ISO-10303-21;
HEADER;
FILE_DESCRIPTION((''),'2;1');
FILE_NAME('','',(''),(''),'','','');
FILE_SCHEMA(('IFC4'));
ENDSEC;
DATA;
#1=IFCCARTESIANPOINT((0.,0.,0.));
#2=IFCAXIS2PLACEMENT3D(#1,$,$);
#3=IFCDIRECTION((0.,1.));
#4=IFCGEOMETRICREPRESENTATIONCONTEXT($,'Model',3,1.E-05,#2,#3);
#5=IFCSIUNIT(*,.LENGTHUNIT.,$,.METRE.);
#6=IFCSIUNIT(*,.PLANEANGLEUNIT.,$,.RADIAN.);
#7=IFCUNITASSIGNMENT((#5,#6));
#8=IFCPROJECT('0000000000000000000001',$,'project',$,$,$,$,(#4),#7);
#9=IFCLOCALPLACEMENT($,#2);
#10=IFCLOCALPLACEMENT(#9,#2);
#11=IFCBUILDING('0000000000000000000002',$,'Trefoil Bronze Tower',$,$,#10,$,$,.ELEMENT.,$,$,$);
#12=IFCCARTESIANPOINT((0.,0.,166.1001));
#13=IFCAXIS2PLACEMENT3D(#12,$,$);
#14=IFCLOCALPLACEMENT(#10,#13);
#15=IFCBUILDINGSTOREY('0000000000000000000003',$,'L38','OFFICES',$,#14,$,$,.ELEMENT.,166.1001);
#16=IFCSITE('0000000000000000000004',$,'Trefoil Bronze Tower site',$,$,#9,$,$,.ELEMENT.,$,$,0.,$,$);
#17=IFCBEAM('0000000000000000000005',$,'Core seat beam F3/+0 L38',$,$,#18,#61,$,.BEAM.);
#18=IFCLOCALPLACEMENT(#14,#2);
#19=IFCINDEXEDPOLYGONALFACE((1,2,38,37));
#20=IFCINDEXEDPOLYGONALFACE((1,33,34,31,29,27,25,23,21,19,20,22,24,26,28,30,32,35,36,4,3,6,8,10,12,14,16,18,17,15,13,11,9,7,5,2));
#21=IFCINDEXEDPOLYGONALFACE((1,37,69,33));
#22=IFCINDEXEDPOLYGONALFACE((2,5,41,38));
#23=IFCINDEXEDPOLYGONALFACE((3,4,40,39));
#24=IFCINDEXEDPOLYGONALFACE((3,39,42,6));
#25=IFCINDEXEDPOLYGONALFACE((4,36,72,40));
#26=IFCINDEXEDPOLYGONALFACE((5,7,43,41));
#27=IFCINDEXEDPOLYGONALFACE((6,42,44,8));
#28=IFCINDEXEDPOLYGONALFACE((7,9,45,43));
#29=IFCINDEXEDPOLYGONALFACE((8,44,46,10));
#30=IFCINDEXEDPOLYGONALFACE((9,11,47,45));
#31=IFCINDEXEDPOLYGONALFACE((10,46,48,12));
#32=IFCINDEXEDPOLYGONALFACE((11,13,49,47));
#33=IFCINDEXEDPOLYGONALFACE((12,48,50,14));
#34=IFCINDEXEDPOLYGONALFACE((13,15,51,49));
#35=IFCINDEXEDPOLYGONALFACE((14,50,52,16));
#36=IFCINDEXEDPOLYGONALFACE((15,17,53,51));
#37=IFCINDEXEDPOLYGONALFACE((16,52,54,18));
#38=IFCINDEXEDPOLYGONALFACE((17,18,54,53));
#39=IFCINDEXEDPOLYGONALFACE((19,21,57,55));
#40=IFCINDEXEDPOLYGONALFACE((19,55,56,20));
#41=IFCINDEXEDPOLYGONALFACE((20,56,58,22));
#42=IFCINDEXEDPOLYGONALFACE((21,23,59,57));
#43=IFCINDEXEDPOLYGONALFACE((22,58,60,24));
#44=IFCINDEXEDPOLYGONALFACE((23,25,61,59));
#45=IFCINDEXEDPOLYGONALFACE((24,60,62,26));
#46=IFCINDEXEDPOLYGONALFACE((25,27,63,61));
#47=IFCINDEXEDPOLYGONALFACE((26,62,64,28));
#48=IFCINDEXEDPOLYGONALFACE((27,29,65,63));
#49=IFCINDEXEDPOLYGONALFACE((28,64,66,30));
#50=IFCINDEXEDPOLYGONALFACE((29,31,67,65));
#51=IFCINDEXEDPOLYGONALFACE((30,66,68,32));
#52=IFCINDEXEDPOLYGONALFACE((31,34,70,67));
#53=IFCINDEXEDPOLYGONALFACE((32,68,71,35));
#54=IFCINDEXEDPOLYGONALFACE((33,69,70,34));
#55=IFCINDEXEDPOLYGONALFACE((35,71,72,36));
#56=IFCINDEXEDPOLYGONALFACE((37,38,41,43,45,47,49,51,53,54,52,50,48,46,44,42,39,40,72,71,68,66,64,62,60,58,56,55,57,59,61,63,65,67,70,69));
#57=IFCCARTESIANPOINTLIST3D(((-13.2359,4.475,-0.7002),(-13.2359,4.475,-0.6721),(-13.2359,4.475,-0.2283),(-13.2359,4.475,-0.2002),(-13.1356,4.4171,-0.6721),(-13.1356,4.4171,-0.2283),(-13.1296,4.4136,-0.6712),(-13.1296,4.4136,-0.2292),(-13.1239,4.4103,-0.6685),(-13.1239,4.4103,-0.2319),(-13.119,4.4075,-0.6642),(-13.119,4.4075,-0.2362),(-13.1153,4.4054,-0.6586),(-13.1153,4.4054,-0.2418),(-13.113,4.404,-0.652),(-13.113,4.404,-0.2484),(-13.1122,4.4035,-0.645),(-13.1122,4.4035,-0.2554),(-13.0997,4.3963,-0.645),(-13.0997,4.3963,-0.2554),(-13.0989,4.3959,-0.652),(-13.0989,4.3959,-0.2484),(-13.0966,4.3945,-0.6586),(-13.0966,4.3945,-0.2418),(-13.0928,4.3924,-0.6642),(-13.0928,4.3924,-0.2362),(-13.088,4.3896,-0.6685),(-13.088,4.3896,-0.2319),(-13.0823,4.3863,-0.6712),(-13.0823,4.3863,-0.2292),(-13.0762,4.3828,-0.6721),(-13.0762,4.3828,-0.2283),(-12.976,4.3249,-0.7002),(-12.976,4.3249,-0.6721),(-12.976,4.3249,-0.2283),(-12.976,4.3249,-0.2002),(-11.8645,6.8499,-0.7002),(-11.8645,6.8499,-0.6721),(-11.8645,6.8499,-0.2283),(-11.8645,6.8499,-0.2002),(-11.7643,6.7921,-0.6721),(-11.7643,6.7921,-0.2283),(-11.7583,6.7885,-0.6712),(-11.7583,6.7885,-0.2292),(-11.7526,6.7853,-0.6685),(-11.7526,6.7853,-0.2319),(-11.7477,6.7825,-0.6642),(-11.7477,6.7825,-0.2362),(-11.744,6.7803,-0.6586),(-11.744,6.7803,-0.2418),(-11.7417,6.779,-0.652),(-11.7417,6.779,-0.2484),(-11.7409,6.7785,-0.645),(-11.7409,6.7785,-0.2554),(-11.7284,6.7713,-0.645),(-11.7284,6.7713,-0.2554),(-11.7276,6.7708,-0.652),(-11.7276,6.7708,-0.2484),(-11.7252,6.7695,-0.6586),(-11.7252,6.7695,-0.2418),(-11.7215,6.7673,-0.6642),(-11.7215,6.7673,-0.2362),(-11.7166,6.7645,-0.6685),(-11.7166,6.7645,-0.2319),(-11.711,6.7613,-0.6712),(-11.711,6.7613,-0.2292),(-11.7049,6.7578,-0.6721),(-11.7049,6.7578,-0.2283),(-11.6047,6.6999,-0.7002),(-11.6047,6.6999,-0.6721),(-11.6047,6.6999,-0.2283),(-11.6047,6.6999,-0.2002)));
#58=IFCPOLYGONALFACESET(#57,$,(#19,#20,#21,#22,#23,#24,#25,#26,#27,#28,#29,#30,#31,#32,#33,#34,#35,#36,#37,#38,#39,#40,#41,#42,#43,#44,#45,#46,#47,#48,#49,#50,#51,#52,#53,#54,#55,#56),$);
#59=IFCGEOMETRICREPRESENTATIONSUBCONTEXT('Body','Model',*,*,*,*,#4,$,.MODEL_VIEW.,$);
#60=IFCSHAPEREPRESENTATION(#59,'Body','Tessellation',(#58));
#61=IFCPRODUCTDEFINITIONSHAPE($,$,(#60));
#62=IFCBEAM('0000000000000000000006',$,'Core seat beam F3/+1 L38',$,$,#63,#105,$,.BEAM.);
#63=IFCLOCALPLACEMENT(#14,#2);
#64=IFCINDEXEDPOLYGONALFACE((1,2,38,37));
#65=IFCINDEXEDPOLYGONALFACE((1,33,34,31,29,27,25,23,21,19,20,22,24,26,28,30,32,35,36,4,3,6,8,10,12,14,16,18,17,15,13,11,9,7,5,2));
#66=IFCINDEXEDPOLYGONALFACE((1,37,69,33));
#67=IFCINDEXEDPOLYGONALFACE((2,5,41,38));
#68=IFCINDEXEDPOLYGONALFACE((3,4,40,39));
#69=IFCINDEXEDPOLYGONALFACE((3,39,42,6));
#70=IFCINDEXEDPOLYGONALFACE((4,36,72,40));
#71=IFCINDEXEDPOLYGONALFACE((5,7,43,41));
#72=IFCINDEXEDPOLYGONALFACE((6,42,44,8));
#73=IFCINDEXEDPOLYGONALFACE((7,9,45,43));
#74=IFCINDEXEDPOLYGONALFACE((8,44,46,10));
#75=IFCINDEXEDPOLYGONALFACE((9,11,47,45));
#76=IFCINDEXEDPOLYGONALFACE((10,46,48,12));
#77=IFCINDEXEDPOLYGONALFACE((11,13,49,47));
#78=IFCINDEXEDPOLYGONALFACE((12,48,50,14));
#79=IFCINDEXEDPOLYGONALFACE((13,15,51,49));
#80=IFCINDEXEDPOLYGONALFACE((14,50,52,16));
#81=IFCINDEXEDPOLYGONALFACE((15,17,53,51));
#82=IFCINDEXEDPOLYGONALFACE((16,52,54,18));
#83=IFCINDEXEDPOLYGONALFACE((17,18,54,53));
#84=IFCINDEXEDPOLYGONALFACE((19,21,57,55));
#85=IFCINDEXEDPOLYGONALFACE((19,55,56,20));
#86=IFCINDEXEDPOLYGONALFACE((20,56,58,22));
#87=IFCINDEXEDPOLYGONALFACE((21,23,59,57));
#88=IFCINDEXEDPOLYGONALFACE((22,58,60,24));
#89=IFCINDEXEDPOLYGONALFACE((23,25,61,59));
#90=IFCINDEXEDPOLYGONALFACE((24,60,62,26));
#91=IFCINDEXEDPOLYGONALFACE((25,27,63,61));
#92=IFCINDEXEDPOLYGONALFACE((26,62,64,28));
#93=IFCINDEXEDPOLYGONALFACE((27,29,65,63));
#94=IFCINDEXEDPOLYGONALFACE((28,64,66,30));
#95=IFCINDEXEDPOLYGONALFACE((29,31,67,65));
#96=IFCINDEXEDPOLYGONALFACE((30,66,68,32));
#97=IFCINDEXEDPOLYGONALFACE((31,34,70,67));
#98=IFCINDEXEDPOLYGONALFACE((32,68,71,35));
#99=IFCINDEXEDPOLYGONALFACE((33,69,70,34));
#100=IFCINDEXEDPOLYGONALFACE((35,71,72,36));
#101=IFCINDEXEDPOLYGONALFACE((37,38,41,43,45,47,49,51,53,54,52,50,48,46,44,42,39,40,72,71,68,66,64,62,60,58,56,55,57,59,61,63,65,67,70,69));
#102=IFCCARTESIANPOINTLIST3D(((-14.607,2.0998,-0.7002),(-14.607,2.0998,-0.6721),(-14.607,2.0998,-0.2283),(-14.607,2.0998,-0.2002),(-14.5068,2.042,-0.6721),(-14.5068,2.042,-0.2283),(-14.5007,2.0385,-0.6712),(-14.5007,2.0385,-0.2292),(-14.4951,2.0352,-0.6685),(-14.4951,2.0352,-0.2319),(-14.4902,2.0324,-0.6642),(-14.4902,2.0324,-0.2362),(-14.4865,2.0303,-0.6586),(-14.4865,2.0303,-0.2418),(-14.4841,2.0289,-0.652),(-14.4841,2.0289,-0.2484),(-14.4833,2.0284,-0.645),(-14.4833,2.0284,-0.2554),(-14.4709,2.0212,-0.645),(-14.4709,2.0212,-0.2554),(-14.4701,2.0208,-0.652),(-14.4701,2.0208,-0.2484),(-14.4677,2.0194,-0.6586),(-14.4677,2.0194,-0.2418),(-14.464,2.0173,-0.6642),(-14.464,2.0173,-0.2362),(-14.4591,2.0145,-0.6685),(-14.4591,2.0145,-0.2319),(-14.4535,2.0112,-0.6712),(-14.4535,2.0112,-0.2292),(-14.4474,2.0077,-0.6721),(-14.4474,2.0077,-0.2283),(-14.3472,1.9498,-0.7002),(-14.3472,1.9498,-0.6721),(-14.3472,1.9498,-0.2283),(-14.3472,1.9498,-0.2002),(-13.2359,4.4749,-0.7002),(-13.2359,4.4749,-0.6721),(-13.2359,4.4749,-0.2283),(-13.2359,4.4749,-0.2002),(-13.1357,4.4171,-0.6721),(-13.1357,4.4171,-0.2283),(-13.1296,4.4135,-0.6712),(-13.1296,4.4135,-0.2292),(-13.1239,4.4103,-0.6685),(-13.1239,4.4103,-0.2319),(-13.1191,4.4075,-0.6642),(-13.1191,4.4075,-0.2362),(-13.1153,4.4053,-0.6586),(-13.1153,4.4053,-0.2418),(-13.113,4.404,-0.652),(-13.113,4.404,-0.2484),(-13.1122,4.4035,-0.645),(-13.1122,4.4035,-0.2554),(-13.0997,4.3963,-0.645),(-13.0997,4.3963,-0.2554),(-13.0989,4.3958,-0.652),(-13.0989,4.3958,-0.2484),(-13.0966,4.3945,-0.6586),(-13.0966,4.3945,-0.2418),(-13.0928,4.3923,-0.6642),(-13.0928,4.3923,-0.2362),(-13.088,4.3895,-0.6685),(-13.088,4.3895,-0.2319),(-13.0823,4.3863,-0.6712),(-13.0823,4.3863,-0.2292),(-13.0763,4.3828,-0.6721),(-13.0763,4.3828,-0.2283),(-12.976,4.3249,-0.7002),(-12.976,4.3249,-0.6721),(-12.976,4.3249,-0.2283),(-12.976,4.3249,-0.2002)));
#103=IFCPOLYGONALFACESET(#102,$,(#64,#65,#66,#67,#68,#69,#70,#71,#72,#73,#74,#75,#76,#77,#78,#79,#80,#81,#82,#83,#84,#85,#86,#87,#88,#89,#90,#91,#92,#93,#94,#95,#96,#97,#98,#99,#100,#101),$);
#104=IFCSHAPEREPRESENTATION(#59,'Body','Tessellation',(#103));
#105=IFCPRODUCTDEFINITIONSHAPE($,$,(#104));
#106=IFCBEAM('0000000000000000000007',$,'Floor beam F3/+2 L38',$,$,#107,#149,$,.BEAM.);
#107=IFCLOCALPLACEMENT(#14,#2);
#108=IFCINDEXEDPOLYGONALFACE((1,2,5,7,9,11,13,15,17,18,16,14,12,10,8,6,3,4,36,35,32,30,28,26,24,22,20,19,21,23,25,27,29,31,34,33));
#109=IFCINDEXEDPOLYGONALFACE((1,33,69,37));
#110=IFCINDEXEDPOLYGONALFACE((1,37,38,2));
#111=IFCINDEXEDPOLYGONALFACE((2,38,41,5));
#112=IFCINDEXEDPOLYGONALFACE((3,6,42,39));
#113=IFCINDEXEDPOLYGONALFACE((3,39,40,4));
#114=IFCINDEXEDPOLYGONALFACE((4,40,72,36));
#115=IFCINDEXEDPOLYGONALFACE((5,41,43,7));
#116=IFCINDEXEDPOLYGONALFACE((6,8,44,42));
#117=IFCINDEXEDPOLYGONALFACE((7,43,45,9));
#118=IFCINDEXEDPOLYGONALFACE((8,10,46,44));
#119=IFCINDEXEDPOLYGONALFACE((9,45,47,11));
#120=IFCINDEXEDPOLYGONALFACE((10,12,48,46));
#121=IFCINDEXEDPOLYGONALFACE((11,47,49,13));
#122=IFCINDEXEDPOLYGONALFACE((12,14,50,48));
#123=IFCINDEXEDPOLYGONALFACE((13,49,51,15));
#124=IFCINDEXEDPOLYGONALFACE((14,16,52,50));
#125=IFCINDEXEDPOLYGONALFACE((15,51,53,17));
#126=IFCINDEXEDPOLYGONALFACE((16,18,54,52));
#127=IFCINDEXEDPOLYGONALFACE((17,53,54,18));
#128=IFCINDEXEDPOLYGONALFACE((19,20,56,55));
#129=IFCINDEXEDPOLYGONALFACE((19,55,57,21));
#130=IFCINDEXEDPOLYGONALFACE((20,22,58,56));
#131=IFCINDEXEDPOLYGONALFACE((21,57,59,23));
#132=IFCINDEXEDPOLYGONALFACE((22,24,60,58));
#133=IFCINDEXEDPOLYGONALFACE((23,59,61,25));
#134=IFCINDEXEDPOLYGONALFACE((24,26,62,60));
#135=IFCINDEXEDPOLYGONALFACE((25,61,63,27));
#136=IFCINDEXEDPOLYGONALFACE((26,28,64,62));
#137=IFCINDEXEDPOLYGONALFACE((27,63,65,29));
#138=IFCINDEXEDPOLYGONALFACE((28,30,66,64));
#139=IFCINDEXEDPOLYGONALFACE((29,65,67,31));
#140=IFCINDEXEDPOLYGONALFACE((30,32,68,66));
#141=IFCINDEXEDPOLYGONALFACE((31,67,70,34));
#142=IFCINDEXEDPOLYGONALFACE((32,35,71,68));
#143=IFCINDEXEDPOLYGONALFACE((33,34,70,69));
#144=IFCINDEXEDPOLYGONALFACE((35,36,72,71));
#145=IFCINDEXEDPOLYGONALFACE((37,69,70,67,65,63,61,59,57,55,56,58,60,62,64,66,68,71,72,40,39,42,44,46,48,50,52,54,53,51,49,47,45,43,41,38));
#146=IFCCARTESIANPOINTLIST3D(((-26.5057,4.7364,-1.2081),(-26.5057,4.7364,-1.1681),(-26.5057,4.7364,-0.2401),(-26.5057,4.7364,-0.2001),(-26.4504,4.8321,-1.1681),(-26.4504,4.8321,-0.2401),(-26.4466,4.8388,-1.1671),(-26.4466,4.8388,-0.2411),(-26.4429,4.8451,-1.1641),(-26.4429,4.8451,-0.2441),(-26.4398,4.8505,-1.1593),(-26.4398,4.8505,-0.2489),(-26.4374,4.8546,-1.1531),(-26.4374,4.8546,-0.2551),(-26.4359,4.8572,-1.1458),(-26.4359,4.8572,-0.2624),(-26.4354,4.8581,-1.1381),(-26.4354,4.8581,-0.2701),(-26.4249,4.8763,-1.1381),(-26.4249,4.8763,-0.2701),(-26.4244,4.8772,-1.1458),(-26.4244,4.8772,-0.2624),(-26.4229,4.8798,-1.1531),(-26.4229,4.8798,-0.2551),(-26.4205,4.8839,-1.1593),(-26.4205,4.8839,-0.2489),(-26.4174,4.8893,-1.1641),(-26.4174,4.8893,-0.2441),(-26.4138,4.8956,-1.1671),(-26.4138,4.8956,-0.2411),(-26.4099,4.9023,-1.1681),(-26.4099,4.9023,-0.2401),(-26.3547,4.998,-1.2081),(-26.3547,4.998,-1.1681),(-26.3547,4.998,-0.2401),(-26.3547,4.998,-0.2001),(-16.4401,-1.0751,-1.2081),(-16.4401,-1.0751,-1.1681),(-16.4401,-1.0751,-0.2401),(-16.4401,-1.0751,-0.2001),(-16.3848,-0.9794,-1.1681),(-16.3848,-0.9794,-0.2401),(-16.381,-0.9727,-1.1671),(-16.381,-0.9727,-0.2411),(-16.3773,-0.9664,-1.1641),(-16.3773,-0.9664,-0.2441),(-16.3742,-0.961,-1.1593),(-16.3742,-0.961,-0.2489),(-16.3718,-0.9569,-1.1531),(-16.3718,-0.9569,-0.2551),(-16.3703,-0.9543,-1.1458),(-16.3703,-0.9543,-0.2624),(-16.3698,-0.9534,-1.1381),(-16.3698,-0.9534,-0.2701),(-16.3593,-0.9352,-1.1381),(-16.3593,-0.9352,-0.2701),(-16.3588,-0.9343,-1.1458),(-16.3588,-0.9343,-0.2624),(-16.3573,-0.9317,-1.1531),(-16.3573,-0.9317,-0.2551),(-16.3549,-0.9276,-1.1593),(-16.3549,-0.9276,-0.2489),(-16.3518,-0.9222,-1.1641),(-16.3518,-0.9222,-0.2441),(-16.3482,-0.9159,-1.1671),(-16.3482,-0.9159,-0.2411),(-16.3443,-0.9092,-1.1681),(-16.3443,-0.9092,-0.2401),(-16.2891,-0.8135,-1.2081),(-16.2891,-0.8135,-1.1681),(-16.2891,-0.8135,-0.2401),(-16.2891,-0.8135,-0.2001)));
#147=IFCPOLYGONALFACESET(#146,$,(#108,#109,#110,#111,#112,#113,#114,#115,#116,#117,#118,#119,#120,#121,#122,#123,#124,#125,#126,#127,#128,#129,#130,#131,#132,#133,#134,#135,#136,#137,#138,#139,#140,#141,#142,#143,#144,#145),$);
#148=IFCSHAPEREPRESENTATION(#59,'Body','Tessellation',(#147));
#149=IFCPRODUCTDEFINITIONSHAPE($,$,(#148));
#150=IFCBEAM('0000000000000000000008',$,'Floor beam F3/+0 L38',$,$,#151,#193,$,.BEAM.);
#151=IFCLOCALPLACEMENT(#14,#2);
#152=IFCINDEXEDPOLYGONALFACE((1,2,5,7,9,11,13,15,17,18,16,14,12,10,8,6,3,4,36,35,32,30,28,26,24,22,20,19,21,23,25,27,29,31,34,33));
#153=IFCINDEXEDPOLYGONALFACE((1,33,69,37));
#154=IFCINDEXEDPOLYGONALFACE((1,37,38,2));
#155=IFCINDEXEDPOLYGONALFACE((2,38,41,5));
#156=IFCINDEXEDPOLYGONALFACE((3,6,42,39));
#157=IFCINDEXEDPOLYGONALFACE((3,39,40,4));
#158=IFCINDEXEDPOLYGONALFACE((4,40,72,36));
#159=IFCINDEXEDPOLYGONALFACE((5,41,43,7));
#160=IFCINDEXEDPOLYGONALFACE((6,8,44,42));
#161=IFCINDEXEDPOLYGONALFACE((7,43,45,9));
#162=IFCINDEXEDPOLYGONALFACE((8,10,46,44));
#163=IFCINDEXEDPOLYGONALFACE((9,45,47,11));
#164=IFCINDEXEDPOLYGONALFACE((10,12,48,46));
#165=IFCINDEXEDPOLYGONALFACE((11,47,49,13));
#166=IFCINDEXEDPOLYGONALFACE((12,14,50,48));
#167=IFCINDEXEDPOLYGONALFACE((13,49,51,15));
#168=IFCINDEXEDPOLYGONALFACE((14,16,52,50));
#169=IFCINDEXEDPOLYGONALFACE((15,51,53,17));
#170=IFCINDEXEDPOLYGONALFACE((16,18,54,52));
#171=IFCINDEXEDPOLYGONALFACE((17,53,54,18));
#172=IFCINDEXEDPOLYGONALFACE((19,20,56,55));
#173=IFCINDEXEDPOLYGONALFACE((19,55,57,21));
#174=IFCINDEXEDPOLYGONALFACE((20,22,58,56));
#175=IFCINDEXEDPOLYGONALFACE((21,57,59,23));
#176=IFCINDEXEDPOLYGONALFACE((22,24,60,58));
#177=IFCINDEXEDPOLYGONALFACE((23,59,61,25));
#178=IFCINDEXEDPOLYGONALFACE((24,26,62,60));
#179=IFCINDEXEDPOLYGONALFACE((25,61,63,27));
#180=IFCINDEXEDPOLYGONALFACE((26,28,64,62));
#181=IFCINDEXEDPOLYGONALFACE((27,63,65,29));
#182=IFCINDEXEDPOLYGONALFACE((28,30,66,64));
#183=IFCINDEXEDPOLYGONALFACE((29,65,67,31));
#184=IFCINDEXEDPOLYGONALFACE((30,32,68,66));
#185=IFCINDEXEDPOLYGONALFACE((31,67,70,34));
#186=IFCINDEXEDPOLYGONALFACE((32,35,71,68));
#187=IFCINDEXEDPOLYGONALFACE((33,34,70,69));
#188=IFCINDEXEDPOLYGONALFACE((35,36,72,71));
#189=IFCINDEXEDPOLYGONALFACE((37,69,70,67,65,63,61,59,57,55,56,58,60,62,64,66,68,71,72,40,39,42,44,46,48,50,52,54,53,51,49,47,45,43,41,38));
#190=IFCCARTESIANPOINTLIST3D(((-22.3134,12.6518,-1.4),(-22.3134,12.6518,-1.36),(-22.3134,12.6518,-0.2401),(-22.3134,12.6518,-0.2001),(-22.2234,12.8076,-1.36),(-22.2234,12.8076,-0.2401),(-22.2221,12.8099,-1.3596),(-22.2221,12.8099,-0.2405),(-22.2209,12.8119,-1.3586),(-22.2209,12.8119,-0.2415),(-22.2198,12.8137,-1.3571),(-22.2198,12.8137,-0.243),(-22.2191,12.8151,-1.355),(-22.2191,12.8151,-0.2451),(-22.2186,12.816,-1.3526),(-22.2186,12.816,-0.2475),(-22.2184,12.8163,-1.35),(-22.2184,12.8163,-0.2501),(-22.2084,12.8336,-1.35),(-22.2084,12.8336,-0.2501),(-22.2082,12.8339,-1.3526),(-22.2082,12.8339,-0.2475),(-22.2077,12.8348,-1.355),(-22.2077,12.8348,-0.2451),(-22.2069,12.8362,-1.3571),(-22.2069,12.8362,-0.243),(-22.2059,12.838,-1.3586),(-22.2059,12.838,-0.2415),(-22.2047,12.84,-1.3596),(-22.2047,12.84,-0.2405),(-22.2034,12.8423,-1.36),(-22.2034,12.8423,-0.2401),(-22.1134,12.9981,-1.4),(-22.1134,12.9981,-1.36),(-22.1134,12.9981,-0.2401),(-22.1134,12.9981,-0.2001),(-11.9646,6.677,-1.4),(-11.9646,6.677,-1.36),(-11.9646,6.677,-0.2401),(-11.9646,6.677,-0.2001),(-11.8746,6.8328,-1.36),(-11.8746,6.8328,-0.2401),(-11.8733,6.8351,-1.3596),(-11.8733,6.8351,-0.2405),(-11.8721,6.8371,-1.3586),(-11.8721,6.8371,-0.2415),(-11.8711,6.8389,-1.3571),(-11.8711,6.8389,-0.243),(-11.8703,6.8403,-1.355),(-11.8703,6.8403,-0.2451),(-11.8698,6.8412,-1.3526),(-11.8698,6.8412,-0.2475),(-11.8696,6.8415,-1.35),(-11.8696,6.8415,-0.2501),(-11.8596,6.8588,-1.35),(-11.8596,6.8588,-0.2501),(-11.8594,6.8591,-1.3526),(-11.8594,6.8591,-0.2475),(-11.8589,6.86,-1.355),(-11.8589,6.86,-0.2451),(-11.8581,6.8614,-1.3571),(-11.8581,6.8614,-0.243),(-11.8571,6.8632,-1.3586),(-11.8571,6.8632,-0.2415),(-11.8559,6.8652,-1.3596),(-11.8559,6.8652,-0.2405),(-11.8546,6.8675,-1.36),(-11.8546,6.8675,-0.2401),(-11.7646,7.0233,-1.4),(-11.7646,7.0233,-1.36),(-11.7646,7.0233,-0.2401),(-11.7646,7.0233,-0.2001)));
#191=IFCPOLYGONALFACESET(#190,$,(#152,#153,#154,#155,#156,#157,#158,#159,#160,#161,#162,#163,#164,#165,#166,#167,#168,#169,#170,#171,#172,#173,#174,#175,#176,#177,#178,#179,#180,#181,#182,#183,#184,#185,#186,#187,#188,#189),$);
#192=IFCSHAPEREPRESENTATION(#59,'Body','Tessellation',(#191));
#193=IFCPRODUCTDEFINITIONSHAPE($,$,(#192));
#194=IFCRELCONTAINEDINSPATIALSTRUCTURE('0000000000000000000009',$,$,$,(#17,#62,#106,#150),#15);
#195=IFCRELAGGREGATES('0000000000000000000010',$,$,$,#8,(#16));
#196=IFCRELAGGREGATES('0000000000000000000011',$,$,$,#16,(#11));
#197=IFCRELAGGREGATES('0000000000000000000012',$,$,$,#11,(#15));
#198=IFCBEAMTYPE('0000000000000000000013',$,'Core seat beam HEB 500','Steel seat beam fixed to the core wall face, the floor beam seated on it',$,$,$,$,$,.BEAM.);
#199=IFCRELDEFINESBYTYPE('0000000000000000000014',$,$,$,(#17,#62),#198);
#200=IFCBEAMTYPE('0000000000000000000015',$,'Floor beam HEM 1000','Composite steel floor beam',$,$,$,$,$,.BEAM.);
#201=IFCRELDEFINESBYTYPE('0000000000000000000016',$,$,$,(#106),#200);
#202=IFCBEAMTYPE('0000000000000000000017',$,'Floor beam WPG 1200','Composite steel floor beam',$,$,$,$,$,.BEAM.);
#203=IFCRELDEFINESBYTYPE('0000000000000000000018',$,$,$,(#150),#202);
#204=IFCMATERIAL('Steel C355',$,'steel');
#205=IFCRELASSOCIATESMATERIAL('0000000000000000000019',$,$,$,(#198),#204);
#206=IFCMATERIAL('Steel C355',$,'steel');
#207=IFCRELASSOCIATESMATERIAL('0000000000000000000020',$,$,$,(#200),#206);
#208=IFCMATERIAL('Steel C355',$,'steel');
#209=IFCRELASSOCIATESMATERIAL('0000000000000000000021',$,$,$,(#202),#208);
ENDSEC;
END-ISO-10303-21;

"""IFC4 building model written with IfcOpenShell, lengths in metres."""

from ifc_helpers import new_model, si_unit, direction, frame, origin, origin_2d, place, context, subcontext, project, spatial, i_section, extrude, material, material_profile, profile_set, type_object, element, save


model = new_model("IFC4")

# Units and contexts
model_context = context("Model", 3, precision=1e-05, world=origin(), true_north=direction((0.0, 1.0)))
body_context = subcontext(model_context, "Body", "Model", "MODEL_VIEW")
ifc_project = project(units=[si_unit("LENGTHUNIT", "METRE"), si_unit("PLANEANGLEUNIT", "RADIAN")], contexts=[model_context])

# Site, building, storey
site_placement = place(None, origin())
site = spatial("IfcSite", under=ifc_project, at=site_placement, Name="Trefoil Bronze Tower site", CompositionType="ELEMENT", RefElevation=0.0)
building_placement = place(site_placement, origin())
building = spatial("IfcBuilding", under=site, at=building_placement, Name="Trefoil Bronze Tower", CompositionType="ELEMENT")
storey_placement = place(building_placement, frame((0.0, 0.0, 166.1001)))
storey = spatial("IfcBuildingStorey", under=building, at=storey_placement, Name="L38", Description="OFFICES", CompositionType="ELEMENT", Elevation=166.1001)

# Beams
ifc_material_1 = material(Name="Steel C355", Category="steel")
ifc_material_profile_1 = material_profile(ifc_material_1, i_section(OverallWidth=0.3, OverallDepth=0.5, WebThickness=0.0144, FlangeThickness=0.0281, FilletRadius=0.0271, at=origin_2d()), Name="HEB 500")
ifc_profile_set_1 = profile_set([ifc_material_profile_1], Name="Steel C355")
beam_type_1 = type_object("IfcBeamType", Name="Core seat beam HEB 500", Description="Steel seat beam fixed to the core wall face, the floor beam seated on it", PredefinedType="BEAM", material=ifc_profile_set_1)
for number, where, z_axis, x_axis, name in (
    (1, (-11.7346, 6.7749, -0.4502), (-0.500036, -0.866005, 0.0), (0.866005, -0.500036, 0.0), "Core seat beam F3/+0 L38"),
    (2, (-13.106, 4.3999, -0.4502), (-0.499969, -0.866043, 0.0), (0.866043, -0.499969, 0.0), "Core seat beam F3/+1 L38"),
):
    element("IfcBeam", number, at=place(storey_placement, frame(where, z_axis=z_axis, x_axis=x_axis)), inside=storey, type_object=beam_type_1, Name=name, PredefinedType="BEAM", context=body_context, shape_type="SweptSolid", body=[
        extrude(i_section(OverallWidth=0.3, OverallDepth=0.5, WebThickness=0.0144, FlangeThickness=0.0281, FilletRadius=0.0271, at=origin_2d()), origin(), (0.0, 0.0, 1.0), 2.7424),
    ])
ifc_material_2 = material(Name="Steel C355", Category="steel")
ifc_material_profile_2 = material_profile(ifc_material_2, i_section(OverallWidth=0.302, OverallDepth=1.0081, WebThickness=0.021, FlangeThickness=0.04, FilletRadius=0.03, at=origin_2d()), Name="HEM 1000")
ifc_profile_set_2 = profile_set([ifc_material_profile_2], Name="Steel C355")
beam_type_2 = type_object("IfcBeamType", Name="Floor beam HEM 1000", Description="Composite steel floor beam", PredefinedType="BEAM", material=ifc_profile_set_2)
beam_1_placement = place(storey_placement, frame((-26.4302, 4.8672, -0.7041), z_axis=(0.866022, -0.500007, 0.0), x_axis=(0.500007, 0.866022, 0.0)))
element("IfcBeam", 3, at=beam_1_placement, inside=storey, type_object=beam_type_2, Name="Floor beam F3/+2 L38", PredefinedType="BEAM", context=body_context, shape_type="SweptSolid", body=[
    extrude(i_section(OverallWidth=0.302, OverallDepth=1.0081, WebThickness=0.021, FlangeThickness=0.04, FilletRadius=0.03, at=origin_2d()), origin(), (0.0, 0.0, 1.0), 11.6228),
])
ifc_material_3 = material(Name="Steel C355", Category="steel")
ifc_material_profile_3 = material_profile(ifc_material_3, i_section(OverallWidth=0.3999, OverallDepth=1.2, WebThickness=0.02, FlangeThickness=0.04, FilletRadius=0.01, at=origin_2d()), Name="WPG 1200")
ifc_profile_set_3 = profile_set([ifc_material_profile_3], Name="Steel C355")
beam_type_3 = type_object("IfcBeamType", Name="Floor beam WPG 1200", Description="Composite steel floor beam", PredefinedType="BEAM", material=ifc_profile_set_3)
beam_2_placement = place(storey_placement, frame((-22.2134, 12.825, -0.8), z_axis=(0.866028, -0.499995, 0.0), x_axis=(0.499995, 0.866028, 0.0)))
element("IfcBeam", 4, at=beam_2_placement, inside=storey, type_object=beam_type_3, Name="Floor beam F3/+0 L38", PredefinedType="BEAM", context=body_context, shape_type="SweptSolid", body=[
    extrude(i_section(OverallWidth=0.3999, OverallDepth=1.2, WebThickness=0.02, FlangeThickness=0.04, FilletRadius=0.01, at=origin_2d()), origin(), (0.0, 0.0, 1.0), 11.9497),
])

save(model, "model.ifc")
